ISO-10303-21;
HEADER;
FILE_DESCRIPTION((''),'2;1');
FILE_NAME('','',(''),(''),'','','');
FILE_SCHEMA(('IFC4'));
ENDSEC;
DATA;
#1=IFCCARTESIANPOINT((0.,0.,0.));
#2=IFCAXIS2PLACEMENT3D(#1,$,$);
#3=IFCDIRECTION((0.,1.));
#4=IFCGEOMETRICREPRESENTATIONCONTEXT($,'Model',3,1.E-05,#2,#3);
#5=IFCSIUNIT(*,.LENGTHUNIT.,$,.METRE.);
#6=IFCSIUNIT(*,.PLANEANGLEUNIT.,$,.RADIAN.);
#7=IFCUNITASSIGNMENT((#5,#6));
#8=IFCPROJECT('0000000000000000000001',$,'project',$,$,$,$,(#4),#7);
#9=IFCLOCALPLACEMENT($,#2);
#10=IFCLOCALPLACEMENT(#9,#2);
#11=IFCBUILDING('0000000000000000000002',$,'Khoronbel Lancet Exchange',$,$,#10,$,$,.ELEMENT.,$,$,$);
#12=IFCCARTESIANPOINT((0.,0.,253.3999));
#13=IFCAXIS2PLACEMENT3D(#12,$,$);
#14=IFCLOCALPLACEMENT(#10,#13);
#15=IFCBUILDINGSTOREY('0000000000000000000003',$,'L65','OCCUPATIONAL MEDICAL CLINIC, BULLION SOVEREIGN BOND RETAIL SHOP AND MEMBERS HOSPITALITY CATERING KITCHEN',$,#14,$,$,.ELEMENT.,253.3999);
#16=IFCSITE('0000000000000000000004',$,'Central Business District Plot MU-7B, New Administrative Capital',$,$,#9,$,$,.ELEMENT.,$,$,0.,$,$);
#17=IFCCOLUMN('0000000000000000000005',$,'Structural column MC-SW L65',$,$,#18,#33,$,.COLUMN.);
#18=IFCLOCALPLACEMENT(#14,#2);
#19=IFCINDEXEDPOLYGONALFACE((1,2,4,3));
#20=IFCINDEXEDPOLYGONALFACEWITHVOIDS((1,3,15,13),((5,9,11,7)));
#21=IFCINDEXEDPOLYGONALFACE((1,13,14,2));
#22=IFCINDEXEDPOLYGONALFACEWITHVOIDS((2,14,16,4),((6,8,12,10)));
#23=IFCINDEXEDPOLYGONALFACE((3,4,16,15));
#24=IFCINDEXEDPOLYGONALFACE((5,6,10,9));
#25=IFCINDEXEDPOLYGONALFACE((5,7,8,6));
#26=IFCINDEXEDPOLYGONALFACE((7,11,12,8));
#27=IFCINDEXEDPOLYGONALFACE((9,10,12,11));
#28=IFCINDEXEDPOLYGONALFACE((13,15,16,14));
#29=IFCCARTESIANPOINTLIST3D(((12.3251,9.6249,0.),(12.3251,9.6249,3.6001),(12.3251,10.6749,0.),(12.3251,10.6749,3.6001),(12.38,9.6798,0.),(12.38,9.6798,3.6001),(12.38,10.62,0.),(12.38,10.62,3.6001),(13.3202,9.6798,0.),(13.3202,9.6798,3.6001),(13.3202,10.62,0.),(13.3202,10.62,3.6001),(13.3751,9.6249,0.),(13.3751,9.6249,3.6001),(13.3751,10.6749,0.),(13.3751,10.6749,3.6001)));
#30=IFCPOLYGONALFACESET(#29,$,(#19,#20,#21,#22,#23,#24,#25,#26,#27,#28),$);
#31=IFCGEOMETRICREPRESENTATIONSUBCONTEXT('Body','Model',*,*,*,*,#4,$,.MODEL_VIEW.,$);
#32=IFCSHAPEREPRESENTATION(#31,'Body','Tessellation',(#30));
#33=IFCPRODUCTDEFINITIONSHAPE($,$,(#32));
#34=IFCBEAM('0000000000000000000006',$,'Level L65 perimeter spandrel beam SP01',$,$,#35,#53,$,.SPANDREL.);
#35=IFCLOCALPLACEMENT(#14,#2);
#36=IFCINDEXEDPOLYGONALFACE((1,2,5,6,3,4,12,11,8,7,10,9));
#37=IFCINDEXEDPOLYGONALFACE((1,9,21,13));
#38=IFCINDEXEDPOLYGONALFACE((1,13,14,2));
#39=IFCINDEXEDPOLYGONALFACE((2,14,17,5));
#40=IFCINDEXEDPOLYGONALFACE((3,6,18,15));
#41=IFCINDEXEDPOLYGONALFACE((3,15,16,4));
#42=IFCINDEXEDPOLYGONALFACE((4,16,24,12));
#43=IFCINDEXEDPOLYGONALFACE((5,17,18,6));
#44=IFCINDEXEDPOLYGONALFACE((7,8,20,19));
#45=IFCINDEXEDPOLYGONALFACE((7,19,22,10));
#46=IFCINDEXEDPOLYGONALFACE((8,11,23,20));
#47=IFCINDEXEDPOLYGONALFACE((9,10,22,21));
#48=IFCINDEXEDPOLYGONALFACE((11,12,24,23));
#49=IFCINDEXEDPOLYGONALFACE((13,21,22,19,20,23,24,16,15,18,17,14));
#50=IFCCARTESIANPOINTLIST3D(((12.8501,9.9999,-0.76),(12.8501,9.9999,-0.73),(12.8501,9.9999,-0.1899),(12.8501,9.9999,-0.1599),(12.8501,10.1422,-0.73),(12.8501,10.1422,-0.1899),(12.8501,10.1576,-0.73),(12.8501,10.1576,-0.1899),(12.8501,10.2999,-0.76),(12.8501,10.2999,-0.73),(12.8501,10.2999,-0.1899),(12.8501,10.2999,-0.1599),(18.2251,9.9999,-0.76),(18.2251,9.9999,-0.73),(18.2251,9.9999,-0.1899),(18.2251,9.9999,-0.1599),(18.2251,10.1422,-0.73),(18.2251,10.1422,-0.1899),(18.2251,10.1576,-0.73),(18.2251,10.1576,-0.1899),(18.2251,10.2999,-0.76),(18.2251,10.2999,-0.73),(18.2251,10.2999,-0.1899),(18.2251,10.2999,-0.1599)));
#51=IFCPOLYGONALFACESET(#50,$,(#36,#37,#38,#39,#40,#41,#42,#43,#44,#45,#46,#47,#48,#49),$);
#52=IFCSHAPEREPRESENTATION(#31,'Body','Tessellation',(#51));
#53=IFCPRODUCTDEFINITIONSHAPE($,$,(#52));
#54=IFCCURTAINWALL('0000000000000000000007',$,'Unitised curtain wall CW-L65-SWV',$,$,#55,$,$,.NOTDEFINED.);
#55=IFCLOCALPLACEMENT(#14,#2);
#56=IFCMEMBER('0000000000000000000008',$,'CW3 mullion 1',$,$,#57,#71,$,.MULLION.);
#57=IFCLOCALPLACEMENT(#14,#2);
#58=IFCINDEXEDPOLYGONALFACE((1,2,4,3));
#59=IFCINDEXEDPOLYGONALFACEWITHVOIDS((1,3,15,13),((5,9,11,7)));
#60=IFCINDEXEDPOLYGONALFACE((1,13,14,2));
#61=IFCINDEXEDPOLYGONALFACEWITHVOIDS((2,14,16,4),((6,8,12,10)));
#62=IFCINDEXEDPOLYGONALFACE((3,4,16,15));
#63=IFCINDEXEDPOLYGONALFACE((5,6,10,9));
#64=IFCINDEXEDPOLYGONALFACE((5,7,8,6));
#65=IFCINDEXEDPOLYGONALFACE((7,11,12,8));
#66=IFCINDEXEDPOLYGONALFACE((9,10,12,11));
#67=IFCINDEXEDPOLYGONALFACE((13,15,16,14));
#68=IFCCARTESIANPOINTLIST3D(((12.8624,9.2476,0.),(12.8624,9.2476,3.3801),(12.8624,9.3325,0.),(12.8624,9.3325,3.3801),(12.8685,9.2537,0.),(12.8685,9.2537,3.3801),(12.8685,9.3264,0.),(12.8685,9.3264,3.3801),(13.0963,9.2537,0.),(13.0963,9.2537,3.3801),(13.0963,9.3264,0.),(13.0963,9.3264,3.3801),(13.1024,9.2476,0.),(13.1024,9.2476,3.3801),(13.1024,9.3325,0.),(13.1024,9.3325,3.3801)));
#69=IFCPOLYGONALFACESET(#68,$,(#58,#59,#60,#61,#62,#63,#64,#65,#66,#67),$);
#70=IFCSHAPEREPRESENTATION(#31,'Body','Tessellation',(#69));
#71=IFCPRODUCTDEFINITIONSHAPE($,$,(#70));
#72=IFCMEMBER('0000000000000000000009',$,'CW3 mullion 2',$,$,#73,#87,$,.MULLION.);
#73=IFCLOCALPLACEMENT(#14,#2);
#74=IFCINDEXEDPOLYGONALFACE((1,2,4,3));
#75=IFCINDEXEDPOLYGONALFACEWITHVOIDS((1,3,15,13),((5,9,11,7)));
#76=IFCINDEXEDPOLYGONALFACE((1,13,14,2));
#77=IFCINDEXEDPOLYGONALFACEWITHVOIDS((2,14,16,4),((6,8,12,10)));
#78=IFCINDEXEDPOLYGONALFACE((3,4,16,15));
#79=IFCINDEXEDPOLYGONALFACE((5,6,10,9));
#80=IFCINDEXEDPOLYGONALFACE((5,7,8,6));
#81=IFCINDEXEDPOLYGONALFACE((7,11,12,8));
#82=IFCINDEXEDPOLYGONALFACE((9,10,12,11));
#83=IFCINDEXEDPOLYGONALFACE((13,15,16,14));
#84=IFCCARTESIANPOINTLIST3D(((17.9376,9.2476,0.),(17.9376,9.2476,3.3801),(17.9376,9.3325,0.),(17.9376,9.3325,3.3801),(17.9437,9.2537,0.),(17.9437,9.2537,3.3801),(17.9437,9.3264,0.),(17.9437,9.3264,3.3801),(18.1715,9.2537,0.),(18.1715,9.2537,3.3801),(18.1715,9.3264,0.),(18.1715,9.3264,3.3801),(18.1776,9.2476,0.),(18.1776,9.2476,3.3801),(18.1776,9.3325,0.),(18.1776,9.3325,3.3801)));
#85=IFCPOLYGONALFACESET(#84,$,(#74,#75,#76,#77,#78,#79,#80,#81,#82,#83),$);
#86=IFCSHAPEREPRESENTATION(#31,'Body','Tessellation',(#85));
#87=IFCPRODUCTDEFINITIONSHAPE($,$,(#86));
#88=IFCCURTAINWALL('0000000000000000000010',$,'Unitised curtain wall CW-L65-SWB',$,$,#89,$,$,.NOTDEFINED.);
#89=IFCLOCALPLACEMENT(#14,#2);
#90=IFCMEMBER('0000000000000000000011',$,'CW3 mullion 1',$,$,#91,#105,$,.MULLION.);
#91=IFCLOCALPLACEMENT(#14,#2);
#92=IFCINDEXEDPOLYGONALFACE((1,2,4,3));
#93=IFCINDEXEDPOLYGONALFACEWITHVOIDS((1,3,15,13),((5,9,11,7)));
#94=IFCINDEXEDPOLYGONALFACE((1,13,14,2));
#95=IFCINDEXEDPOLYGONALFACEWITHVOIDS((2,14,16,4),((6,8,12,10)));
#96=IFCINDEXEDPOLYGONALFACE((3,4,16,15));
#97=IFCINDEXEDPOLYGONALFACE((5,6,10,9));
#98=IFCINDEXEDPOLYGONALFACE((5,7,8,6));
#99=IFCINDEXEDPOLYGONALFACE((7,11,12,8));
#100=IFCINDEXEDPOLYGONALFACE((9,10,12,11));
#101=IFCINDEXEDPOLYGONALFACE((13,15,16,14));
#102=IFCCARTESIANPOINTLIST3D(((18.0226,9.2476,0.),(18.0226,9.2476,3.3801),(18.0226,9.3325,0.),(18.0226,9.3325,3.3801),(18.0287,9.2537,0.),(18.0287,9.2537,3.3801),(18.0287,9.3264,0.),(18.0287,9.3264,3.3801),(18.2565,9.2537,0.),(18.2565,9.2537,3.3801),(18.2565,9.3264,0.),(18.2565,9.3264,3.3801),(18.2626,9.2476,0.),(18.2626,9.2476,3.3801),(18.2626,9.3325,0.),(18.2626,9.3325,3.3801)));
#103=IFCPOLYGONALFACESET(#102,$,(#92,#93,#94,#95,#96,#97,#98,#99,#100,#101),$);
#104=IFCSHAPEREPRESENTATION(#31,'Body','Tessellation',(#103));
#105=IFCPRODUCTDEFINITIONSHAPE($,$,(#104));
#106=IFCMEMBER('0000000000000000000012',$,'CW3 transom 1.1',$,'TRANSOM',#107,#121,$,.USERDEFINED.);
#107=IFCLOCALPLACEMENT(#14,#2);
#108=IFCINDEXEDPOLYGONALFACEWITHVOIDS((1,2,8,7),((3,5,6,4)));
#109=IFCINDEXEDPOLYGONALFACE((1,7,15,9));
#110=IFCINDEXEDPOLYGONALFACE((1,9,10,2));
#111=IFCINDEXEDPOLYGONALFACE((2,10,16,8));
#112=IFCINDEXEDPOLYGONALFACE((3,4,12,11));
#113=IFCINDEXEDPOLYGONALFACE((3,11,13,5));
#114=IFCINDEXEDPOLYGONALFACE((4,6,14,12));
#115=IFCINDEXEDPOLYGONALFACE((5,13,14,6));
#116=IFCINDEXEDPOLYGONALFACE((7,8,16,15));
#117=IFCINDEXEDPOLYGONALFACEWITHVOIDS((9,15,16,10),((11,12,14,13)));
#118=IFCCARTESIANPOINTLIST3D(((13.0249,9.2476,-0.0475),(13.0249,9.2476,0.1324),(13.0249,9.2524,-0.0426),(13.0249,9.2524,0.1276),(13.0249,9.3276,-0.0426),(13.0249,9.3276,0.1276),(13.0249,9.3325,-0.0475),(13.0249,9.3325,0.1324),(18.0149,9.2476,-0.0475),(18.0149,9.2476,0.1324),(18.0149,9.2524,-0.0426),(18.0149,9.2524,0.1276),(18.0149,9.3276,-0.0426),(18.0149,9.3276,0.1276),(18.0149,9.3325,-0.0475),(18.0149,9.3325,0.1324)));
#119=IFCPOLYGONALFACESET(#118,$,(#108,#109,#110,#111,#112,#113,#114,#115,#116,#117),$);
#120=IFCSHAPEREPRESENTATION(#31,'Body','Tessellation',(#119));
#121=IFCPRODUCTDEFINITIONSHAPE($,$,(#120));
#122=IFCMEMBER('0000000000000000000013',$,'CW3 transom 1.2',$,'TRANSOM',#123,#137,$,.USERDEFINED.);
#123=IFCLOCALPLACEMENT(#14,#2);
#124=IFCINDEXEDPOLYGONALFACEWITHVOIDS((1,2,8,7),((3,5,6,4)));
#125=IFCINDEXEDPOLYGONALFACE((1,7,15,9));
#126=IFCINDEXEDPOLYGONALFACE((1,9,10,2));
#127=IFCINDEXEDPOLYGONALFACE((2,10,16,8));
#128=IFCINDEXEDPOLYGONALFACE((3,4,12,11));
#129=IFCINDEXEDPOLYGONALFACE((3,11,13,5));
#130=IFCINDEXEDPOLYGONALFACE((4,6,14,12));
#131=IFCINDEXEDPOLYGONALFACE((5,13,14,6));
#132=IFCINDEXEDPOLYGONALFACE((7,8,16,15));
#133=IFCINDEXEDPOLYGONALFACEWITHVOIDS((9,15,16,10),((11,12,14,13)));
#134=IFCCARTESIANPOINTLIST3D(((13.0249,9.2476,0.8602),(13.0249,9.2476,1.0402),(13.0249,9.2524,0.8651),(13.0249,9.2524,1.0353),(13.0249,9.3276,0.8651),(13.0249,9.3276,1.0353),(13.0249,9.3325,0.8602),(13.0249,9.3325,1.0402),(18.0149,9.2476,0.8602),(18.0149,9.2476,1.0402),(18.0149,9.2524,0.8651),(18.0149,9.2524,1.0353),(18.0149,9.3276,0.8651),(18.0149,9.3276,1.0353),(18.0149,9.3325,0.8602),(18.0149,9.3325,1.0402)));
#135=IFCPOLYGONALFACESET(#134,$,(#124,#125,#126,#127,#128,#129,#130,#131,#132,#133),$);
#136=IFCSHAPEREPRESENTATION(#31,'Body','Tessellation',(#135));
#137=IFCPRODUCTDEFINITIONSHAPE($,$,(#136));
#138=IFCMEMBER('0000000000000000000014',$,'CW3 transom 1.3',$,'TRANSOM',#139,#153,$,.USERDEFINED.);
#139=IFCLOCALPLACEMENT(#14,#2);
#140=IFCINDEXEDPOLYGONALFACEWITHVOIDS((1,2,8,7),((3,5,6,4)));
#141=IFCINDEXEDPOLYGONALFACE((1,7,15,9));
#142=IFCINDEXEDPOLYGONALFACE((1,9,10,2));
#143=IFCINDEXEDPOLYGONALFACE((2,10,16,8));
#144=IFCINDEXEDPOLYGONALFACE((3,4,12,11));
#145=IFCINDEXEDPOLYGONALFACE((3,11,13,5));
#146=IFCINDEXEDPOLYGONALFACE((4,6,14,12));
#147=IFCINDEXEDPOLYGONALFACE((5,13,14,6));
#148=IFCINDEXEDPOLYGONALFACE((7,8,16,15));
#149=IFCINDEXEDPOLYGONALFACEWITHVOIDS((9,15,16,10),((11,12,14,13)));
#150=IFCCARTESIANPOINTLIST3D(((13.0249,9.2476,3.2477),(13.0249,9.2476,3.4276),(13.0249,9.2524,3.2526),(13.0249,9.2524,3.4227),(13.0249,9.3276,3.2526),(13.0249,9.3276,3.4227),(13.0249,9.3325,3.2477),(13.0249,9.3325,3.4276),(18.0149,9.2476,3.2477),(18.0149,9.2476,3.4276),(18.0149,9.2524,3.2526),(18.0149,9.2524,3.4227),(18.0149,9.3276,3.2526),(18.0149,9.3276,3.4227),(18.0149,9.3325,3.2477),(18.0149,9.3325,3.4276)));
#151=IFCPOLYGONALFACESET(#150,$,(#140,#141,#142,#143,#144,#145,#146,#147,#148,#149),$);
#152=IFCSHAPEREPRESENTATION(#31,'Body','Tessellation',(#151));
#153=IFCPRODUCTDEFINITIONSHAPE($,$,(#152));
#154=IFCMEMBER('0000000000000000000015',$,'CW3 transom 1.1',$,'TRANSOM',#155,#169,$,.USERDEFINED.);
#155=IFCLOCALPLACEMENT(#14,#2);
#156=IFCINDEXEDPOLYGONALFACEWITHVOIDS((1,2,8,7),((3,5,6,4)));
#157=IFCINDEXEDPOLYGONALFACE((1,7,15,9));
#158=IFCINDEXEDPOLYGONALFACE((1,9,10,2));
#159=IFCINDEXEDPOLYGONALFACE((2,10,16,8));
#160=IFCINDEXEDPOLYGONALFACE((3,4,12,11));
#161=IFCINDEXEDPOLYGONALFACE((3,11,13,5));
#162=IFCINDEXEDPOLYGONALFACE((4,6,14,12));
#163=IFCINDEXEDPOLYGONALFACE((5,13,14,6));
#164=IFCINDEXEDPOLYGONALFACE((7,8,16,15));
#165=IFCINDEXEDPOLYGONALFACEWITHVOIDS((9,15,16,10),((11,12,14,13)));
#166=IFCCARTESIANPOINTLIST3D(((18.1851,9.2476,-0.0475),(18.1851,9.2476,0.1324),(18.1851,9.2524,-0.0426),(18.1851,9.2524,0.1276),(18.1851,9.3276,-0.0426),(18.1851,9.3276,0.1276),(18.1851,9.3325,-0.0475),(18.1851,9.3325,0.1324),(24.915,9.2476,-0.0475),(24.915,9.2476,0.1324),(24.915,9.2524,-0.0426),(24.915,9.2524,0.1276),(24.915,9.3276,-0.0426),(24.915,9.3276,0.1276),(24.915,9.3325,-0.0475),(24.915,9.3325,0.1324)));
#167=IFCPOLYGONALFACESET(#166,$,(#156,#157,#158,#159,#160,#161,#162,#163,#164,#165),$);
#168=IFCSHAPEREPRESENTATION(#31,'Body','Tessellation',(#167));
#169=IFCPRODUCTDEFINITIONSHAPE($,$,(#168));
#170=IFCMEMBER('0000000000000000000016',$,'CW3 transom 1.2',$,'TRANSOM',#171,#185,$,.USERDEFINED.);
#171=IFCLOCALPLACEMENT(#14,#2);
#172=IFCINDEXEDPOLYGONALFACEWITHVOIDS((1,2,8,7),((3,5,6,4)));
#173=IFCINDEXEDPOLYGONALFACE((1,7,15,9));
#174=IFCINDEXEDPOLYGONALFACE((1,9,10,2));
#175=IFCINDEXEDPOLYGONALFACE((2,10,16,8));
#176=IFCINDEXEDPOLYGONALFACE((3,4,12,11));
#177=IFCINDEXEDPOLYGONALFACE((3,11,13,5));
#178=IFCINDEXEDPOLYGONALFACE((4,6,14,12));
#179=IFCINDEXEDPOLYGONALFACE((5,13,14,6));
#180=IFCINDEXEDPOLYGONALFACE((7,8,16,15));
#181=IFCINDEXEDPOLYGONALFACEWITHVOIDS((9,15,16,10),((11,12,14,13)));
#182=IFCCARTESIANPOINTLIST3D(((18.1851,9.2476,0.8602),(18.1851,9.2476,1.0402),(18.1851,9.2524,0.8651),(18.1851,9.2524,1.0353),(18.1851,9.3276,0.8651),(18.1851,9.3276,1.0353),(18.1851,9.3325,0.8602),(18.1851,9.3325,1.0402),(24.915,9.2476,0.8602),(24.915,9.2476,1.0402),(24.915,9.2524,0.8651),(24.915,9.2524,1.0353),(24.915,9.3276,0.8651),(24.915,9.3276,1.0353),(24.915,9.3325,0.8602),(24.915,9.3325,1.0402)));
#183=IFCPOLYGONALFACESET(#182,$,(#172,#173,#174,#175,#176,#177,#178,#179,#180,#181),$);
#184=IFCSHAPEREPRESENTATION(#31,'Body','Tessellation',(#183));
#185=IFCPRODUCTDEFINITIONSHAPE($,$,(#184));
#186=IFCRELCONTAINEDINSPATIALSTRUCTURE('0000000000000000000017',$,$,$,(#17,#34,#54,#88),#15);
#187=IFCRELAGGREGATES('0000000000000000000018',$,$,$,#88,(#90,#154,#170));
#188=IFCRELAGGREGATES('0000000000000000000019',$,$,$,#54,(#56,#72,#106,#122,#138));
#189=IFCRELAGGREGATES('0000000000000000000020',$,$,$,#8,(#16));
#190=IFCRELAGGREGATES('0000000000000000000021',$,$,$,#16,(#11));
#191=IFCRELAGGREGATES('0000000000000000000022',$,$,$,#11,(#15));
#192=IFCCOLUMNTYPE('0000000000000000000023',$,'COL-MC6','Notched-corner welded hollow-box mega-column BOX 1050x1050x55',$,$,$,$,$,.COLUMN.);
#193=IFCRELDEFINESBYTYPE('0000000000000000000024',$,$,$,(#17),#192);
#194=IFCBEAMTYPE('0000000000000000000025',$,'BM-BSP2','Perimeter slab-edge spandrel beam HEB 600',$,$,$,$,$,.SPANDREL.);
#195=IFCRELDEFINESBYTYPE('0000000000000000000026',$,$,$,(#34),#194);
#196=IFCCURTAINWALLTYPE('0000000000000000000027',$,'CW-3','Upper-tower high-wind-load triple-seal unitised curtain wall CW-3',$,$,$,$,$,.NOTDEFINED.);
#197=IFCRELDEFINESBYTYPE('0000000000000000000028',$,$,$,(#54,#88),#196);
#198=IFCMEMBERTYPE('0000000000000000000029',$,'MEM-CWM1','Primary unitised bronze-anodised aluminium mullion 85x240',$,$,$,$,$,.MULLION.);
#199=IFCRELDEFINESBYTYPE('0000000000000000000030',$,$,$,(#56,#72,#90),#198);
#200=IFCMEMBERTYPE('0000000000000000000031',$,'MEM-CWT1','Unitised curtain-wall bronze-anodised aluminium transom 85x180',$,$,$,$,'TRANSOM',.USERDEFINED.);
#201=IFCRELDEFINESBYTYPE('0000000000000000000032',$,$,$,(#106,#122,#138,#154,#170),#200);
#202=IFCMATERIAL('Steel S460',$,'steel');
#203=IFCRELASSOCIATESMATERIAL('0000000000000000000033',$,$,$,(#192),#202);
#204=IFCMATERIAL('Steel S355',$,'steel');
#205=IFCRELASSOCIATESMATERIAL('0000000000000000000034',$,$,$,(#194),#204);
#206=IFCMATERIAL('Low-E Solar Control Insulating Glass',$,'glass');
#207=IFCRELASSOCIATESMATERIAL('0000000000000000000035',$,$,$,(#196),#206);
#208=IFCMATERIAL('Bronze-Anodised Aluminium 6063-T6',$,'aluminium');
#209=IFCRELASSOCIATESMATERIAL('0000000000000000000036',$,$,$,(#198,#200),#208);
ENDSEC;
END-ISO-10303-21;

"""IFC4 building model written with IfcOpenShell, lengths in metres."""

from ifc_helpers import new_model, si_unit, direction, frame, origin, origin_2d, place, context, subcontext, project, spatial, hollow_rectangle, i_section, extrude, material, material_profile, profile_set, type_object, element, aggregate, save


model = new_model("IFC4")

# Units and contexts
model_context = context("Model", 3, precision=1e-05, world=origin(), true_north=direction((0.0, 1.0)))
body_context = subcontext(model_context, "Body", "Model", "MODEL_VIEW")
ifc_project = project(units=[si_unit("LENGTHUNIT", "METRE"), si_unit("PLANEANGLEUNIT", "RADIAN")], contexts=[model_context])

# Site, building, storey
site_placement = place(None, origin())
site = spatial("IfcSite", under=ifc_project, at=site_placement, Name="Central Business District Plot MU-7B, New Administrative Capital", CompositionType="ELEMENT", RefElevation=0.0)
building_placement = place(site_placement, origin())
building = spatial("IfcBuilding", under=site, at=building_placement, Name="Khoronbel Lancet Exchange", CompositionType="ELEMENT")
storey_placement = place(building_placement, frame((0.0, 0.0, 253.3999)))
storey = spatial("IfcBuildingStorey", under=building, at=storey_placement, Name="L65", Description="OCCUPATIONAL MEDICAL CLINIC, BULLION SOVEREIGN BOND RETAIL SHOP AND MEMBERS HOSPITALITY CATERING KITCHEN", CompositionType="ELEMENT", Elevation=253.3999)

# Column
ifc_material_1 = material(Name="Steel S460", Category="steel")
ifc_material_profile_1 = material_profile(ifc_material_1, hollow_rectangle(XDim=1.05, YDim=1.05, WallThickness=0.0549, at=origin_2d()), Name="BOX 1050x1050x55")
ifc_profile_set_1 = profile_set([ifc_material_profile_1], Name="Steel S460")
column_type = type_object("IfcColumnType", Name="COL-MC6", Description="Notched-corner welded hollow-box mega-column BOX 1050x1050x55", PredefinedType="COLUMN", material=ifc_profile_set_1)
column_placement = place(storey_placement, frame((12.8501, 10.1499, 0.0), z_axis=(0.0, 0.0, 1.0), x_axis=(1.0, 0.0, 0.0)))
element("IfcColumn", 1, at=column_placement, inside=storey, type_object=column_type, Name="Structural column MC-SW L65", PredefinedType="COLUMN", context=body_context, shape_type="SweptSolid", body=[
    extrude(hollow_rectangle(XDim=1.05, YDim=1.05, WallThickness=0.0549, at=origin_2d()), origin(), (0.0, 0.0, 1.0), 3.6001),
])

# Beam
ifc_material_2 = material(Name="Steel S355", Category="steel")
ifc_material_profile_2 = material_profile(ifc_material_2, i_section(OverallWidth=0.3, OverallDepth=0.6001, WebThickness=0.0154, FlangeThickness=0.03, at=origin_2d()), Name="HEB 600")
ifc_profile_set_2 = profile_set([ifc_material_profile_2], Name="Steel S355")
beam_type = type_object("IfcBeamType", Name="BM-BSP2", Description="Perimeter slab-edge spandrel beam HEB 600", PredefinedType="SPANDREL", material=ifc_profile_set_2)
beam_placement = place(storey_placement, frame((12.8501, 10.1499, -0.46), z_axis=(1.0, 0.0, 0.0), x_axis=(0.0, 1.0, 0.0)))
element("IfcBeam", 2, at=beam_placement, inside=storey, type_object=beam_type, Name="Level L65 perimeter spandrel beam SP01", PredefinedType="SPANDREL", context=body_context, shape_type="SweptSolid", body=[
    extrude(i_section(OverallWidth=0.3, OverallDepth=0.6001, WebThickness=0.0154, FlangeThickness=0.03, at=origin_2d()), origin(), (0.0, 0.0, 1.0), 5.375),
])

# Curtain wall, members
ifc_material_3 = material(Name="Low-E Solar Control Insulating Glass", Category="glass")
curtain_wall_type = type_object("IfcCurtainWallType", Name="CW-3", Description="Upper-tower high-wind-load triple-seal unitised curtain wall CW-3", PredefinedType="NOTDEFINED", material=ifc_material_3)
curtain_wall_1_placement = place(storey_placement, origin())
curtain_wall_1 = element("IfcCurtainWall", 3, at=curtain_wall_1_placement, inside=storey, type_object=curtain_wall_type, Name="Unitised curtain wall CW-L65-SWV", PredefinedType="NOTDEFINED")
ifc_material_4 = material(Name="Bronze-Anodised Aluminium 6063-T6", Category="aluminium")
ifc_material_profile_3 = material_profile(ifc_material_4, hollow_rectangle(XDim=0.085, YDim=0.24, WallThickness=0.0061, at=origin_2d()), Name="ALU MULLION 85x240")
ifc_profile_set_3 = profile_set([ifc_material_profile_3], Name="Bronze-Anodised Aluminium 6063-T6")
member_type_1 = type_object("IfcMemberType", Name="MEM-CWM1", Description="Primary unitised bronze-anodised aluminium mullion 85x240", PredefinedType="MULLION", material=ifc_profile_set_3)
member_1_placement = place(storey_placement, frame((12.9824, 9.29, 0.0), z_axis=(0.0, 0.0, 1.0), x_axis=(0.0, 1.0, 0.0)))
member_1 = element("IfcMember", 4, at=member_1_placement, type_object=member_type_1, Name="CW3 mullion 1", PredefinedType="MULLION", context=body_context, shape_type="SweptSolid", body=[
    extrude(hollow_rectangle(XDim=0.085, YDim=0.24, WallThickness=0.0061, at=origin_2d()), origin(), (0.0, 0.0, 1.0), 3.3801),
])
member_2_placement = place(storey_placement, frame((18.0576, 9.29, 0.0), z_axis=(0.0, 0.0, 1.0), x_axis=(0.0, 1.0, 0.0)))
member_2 = element("IfcMember", 5, at=member_2_placement, type_object=member_type_1, Name="CW3 mullion 2", PredefinedType="MULLION", context=body_context, shape_type="SweptSolid", body=[
    extrude(hollow_rectangle(XDim=0.085, YDim=0.24, WallThickness=0.0061, at=origin_2d()), origin(), (0.0, 0.0, 1.0), 3.3801),
])

# Curtain wall, member
curtain_wall_2_placement = place(storey_placement, origin())
curtain_wall_2 = element("IfcCurtainWall", 6, at=curtain_wall_2_placement, inside=storey, type_object=curtain_wall_type, Name="Unitised curtain wall CW-L65-SWB", PredefinedType="NOTDEFINED")
member_3_placement = place(storey_placement, frame((18.1426, 9.29, 0.0), z_axis=(0.0, 0.0, 1.0), x_axis=(0.0, 1.0, 0.0)))
member_3 = element("IfcMember", 7, at=member_3_placement, type_object=member_type_1, Name="CW3 mullion 1", PredefinedType="MULLION", context=body_context, shape_type="SweptSolid", body=[
    extrude(hollow_rectangle(XDim=0.085, YDim=0.24, WallThickness=0.0061, at=origin_2d()), origin(), (0.0, 0.0, 1.0), 3.3801),
])

# Members
ifc_material_profile_4 = material_profile(ifc_material_4, hollow_rectangle(XDim=0.085, YDim=0.1799, WallThickness=0.0049, at=origin_2d()), Name="ALU TRANSOM 85x180")
ifc_profile_set_4 = profile_set([ifc_material_profile_4], Name="Bronze-Anodised Aluminium 6063-T6")
member_type_2 = type_object("IfcMemberType", Name="MEM-CWT1", Description="Unitised curtain-wall bronze-anodised aluminium transom 85x180", ElementType="TRANSOM", PredefinedType="USERDEFINED", material=ifc_profile_set_4)
member_4_placement = place(storey_placement, frame((13.0249, 9.29, 0.0425), z_axis=(1.0, 0.0, 0.0), x_axis=(0.0, 1.0, 0.0)))
member_4 = element("IfcMember", 8, at=member_4_placement, type_object=member_type_2, Name="CW3 transom 1.1", ObjectType="TRANSOM", PredefinedType="USERDEFINED", context=body_context, shape_type="SweptSolid", body=[
    extrude(hollow_rectangle(XDim=0.085, YDim=0.1799, WallThickness=0.0049, at=origin_2d()), origin(), (0.0, 0.0, 1.0), 4.99),
])
member_5_placement = place(storey_placement, frame((13.0249, 9.29, 0.9502), z_axis=(1.0, 0.0, 0.0), x_axis=(0.0, 1.0, 0.0)))
member_5 = element("IfcMember", 9, at=member_5_placement, type_object=member_type_2, Name="CW3 transom 1.2", ObjectType="TRANSOM", PredefinedType="USERDEFINED", context=body_context, shape_type="SweptSolid", body=[
    extrude(hollow_rectangle(XDim=0.085, YDim=0.1799, WallThickness=0.0049, at=origin_2d()), origin(), (0.0, 0.0, 1.0), 4.99),
])
member_6_placement = place(storey_placement, frame((13.0249, 9.29, 3.3376), z_axis=(1.0, 0.0, 0.0), x_axis=(0.0, 1.0, 0.0)))
member_6 = element("IfcMember", 10, at=member_6_placement, type_object=member_type_2, Name="CW3 transom 1.3", ObjectType="TRANSOM", PredefinedType="USERDEFINED", context=body_context, shape_type="SweptSolid", body=[
    extrude(hollow_rectangle(XDim=0.085, YDim=0.1799, WallThickness=0.0049, at=origin_2d()), origin(), (0.0, 0.0, 1.0), 4.99),
])
member_7_placement = place(storey_placement, frame((18.1851, 9.29, 0.0425), z_axis=(1.0, 0.0, 0.0), x_axis=(0.0, 1.0, 0.0)))
member_7 = element("IfcMember", 11, at=member_7_placement, type_object=member_type_2, Name="CW3 transom 1.1", ObjectType="TRANSOM", PredefinedType="USERDEFINED", context=body_context, shape_type="SweptSolid", body=[
    extrude(hollow_rectangle(XDim=0.085, YDim=0.1799, WallThickness=0.0049, at=origin_2d()), origin(), (0.0, 0.0, 1.0), 6.73),
])
member_8_placement = place(storey_placement, frame((18.1851, 9.29, 0.9502), z_axis=(1.0, 0.0, 0.0), x_axis=(0.0, 1.0, 0.0)))
member_8 = element("IfcMember", 12, at=member_8_placement, type_object=member_type_2, Name="CW3 transom 1.2", ObjectType="TRANSOM", PredefinedType="USERDEFINED", context=body_context, shape_type="SweptSolid", body=[
    extrude(hollow_rectangle(XDim=0.085, YDim=0.1799, WallThickness=0.0049, at=origin_2d()), origin(), (0.0, 0.0, 1.0), 6.73),
])
aggregate(curtain_wall_2, [member_3, member_7, member_8])

aggregate(curtain_wall_1, [member_1, member_2, member_4, member_5, member_6])

save(model, "model.ifc")
